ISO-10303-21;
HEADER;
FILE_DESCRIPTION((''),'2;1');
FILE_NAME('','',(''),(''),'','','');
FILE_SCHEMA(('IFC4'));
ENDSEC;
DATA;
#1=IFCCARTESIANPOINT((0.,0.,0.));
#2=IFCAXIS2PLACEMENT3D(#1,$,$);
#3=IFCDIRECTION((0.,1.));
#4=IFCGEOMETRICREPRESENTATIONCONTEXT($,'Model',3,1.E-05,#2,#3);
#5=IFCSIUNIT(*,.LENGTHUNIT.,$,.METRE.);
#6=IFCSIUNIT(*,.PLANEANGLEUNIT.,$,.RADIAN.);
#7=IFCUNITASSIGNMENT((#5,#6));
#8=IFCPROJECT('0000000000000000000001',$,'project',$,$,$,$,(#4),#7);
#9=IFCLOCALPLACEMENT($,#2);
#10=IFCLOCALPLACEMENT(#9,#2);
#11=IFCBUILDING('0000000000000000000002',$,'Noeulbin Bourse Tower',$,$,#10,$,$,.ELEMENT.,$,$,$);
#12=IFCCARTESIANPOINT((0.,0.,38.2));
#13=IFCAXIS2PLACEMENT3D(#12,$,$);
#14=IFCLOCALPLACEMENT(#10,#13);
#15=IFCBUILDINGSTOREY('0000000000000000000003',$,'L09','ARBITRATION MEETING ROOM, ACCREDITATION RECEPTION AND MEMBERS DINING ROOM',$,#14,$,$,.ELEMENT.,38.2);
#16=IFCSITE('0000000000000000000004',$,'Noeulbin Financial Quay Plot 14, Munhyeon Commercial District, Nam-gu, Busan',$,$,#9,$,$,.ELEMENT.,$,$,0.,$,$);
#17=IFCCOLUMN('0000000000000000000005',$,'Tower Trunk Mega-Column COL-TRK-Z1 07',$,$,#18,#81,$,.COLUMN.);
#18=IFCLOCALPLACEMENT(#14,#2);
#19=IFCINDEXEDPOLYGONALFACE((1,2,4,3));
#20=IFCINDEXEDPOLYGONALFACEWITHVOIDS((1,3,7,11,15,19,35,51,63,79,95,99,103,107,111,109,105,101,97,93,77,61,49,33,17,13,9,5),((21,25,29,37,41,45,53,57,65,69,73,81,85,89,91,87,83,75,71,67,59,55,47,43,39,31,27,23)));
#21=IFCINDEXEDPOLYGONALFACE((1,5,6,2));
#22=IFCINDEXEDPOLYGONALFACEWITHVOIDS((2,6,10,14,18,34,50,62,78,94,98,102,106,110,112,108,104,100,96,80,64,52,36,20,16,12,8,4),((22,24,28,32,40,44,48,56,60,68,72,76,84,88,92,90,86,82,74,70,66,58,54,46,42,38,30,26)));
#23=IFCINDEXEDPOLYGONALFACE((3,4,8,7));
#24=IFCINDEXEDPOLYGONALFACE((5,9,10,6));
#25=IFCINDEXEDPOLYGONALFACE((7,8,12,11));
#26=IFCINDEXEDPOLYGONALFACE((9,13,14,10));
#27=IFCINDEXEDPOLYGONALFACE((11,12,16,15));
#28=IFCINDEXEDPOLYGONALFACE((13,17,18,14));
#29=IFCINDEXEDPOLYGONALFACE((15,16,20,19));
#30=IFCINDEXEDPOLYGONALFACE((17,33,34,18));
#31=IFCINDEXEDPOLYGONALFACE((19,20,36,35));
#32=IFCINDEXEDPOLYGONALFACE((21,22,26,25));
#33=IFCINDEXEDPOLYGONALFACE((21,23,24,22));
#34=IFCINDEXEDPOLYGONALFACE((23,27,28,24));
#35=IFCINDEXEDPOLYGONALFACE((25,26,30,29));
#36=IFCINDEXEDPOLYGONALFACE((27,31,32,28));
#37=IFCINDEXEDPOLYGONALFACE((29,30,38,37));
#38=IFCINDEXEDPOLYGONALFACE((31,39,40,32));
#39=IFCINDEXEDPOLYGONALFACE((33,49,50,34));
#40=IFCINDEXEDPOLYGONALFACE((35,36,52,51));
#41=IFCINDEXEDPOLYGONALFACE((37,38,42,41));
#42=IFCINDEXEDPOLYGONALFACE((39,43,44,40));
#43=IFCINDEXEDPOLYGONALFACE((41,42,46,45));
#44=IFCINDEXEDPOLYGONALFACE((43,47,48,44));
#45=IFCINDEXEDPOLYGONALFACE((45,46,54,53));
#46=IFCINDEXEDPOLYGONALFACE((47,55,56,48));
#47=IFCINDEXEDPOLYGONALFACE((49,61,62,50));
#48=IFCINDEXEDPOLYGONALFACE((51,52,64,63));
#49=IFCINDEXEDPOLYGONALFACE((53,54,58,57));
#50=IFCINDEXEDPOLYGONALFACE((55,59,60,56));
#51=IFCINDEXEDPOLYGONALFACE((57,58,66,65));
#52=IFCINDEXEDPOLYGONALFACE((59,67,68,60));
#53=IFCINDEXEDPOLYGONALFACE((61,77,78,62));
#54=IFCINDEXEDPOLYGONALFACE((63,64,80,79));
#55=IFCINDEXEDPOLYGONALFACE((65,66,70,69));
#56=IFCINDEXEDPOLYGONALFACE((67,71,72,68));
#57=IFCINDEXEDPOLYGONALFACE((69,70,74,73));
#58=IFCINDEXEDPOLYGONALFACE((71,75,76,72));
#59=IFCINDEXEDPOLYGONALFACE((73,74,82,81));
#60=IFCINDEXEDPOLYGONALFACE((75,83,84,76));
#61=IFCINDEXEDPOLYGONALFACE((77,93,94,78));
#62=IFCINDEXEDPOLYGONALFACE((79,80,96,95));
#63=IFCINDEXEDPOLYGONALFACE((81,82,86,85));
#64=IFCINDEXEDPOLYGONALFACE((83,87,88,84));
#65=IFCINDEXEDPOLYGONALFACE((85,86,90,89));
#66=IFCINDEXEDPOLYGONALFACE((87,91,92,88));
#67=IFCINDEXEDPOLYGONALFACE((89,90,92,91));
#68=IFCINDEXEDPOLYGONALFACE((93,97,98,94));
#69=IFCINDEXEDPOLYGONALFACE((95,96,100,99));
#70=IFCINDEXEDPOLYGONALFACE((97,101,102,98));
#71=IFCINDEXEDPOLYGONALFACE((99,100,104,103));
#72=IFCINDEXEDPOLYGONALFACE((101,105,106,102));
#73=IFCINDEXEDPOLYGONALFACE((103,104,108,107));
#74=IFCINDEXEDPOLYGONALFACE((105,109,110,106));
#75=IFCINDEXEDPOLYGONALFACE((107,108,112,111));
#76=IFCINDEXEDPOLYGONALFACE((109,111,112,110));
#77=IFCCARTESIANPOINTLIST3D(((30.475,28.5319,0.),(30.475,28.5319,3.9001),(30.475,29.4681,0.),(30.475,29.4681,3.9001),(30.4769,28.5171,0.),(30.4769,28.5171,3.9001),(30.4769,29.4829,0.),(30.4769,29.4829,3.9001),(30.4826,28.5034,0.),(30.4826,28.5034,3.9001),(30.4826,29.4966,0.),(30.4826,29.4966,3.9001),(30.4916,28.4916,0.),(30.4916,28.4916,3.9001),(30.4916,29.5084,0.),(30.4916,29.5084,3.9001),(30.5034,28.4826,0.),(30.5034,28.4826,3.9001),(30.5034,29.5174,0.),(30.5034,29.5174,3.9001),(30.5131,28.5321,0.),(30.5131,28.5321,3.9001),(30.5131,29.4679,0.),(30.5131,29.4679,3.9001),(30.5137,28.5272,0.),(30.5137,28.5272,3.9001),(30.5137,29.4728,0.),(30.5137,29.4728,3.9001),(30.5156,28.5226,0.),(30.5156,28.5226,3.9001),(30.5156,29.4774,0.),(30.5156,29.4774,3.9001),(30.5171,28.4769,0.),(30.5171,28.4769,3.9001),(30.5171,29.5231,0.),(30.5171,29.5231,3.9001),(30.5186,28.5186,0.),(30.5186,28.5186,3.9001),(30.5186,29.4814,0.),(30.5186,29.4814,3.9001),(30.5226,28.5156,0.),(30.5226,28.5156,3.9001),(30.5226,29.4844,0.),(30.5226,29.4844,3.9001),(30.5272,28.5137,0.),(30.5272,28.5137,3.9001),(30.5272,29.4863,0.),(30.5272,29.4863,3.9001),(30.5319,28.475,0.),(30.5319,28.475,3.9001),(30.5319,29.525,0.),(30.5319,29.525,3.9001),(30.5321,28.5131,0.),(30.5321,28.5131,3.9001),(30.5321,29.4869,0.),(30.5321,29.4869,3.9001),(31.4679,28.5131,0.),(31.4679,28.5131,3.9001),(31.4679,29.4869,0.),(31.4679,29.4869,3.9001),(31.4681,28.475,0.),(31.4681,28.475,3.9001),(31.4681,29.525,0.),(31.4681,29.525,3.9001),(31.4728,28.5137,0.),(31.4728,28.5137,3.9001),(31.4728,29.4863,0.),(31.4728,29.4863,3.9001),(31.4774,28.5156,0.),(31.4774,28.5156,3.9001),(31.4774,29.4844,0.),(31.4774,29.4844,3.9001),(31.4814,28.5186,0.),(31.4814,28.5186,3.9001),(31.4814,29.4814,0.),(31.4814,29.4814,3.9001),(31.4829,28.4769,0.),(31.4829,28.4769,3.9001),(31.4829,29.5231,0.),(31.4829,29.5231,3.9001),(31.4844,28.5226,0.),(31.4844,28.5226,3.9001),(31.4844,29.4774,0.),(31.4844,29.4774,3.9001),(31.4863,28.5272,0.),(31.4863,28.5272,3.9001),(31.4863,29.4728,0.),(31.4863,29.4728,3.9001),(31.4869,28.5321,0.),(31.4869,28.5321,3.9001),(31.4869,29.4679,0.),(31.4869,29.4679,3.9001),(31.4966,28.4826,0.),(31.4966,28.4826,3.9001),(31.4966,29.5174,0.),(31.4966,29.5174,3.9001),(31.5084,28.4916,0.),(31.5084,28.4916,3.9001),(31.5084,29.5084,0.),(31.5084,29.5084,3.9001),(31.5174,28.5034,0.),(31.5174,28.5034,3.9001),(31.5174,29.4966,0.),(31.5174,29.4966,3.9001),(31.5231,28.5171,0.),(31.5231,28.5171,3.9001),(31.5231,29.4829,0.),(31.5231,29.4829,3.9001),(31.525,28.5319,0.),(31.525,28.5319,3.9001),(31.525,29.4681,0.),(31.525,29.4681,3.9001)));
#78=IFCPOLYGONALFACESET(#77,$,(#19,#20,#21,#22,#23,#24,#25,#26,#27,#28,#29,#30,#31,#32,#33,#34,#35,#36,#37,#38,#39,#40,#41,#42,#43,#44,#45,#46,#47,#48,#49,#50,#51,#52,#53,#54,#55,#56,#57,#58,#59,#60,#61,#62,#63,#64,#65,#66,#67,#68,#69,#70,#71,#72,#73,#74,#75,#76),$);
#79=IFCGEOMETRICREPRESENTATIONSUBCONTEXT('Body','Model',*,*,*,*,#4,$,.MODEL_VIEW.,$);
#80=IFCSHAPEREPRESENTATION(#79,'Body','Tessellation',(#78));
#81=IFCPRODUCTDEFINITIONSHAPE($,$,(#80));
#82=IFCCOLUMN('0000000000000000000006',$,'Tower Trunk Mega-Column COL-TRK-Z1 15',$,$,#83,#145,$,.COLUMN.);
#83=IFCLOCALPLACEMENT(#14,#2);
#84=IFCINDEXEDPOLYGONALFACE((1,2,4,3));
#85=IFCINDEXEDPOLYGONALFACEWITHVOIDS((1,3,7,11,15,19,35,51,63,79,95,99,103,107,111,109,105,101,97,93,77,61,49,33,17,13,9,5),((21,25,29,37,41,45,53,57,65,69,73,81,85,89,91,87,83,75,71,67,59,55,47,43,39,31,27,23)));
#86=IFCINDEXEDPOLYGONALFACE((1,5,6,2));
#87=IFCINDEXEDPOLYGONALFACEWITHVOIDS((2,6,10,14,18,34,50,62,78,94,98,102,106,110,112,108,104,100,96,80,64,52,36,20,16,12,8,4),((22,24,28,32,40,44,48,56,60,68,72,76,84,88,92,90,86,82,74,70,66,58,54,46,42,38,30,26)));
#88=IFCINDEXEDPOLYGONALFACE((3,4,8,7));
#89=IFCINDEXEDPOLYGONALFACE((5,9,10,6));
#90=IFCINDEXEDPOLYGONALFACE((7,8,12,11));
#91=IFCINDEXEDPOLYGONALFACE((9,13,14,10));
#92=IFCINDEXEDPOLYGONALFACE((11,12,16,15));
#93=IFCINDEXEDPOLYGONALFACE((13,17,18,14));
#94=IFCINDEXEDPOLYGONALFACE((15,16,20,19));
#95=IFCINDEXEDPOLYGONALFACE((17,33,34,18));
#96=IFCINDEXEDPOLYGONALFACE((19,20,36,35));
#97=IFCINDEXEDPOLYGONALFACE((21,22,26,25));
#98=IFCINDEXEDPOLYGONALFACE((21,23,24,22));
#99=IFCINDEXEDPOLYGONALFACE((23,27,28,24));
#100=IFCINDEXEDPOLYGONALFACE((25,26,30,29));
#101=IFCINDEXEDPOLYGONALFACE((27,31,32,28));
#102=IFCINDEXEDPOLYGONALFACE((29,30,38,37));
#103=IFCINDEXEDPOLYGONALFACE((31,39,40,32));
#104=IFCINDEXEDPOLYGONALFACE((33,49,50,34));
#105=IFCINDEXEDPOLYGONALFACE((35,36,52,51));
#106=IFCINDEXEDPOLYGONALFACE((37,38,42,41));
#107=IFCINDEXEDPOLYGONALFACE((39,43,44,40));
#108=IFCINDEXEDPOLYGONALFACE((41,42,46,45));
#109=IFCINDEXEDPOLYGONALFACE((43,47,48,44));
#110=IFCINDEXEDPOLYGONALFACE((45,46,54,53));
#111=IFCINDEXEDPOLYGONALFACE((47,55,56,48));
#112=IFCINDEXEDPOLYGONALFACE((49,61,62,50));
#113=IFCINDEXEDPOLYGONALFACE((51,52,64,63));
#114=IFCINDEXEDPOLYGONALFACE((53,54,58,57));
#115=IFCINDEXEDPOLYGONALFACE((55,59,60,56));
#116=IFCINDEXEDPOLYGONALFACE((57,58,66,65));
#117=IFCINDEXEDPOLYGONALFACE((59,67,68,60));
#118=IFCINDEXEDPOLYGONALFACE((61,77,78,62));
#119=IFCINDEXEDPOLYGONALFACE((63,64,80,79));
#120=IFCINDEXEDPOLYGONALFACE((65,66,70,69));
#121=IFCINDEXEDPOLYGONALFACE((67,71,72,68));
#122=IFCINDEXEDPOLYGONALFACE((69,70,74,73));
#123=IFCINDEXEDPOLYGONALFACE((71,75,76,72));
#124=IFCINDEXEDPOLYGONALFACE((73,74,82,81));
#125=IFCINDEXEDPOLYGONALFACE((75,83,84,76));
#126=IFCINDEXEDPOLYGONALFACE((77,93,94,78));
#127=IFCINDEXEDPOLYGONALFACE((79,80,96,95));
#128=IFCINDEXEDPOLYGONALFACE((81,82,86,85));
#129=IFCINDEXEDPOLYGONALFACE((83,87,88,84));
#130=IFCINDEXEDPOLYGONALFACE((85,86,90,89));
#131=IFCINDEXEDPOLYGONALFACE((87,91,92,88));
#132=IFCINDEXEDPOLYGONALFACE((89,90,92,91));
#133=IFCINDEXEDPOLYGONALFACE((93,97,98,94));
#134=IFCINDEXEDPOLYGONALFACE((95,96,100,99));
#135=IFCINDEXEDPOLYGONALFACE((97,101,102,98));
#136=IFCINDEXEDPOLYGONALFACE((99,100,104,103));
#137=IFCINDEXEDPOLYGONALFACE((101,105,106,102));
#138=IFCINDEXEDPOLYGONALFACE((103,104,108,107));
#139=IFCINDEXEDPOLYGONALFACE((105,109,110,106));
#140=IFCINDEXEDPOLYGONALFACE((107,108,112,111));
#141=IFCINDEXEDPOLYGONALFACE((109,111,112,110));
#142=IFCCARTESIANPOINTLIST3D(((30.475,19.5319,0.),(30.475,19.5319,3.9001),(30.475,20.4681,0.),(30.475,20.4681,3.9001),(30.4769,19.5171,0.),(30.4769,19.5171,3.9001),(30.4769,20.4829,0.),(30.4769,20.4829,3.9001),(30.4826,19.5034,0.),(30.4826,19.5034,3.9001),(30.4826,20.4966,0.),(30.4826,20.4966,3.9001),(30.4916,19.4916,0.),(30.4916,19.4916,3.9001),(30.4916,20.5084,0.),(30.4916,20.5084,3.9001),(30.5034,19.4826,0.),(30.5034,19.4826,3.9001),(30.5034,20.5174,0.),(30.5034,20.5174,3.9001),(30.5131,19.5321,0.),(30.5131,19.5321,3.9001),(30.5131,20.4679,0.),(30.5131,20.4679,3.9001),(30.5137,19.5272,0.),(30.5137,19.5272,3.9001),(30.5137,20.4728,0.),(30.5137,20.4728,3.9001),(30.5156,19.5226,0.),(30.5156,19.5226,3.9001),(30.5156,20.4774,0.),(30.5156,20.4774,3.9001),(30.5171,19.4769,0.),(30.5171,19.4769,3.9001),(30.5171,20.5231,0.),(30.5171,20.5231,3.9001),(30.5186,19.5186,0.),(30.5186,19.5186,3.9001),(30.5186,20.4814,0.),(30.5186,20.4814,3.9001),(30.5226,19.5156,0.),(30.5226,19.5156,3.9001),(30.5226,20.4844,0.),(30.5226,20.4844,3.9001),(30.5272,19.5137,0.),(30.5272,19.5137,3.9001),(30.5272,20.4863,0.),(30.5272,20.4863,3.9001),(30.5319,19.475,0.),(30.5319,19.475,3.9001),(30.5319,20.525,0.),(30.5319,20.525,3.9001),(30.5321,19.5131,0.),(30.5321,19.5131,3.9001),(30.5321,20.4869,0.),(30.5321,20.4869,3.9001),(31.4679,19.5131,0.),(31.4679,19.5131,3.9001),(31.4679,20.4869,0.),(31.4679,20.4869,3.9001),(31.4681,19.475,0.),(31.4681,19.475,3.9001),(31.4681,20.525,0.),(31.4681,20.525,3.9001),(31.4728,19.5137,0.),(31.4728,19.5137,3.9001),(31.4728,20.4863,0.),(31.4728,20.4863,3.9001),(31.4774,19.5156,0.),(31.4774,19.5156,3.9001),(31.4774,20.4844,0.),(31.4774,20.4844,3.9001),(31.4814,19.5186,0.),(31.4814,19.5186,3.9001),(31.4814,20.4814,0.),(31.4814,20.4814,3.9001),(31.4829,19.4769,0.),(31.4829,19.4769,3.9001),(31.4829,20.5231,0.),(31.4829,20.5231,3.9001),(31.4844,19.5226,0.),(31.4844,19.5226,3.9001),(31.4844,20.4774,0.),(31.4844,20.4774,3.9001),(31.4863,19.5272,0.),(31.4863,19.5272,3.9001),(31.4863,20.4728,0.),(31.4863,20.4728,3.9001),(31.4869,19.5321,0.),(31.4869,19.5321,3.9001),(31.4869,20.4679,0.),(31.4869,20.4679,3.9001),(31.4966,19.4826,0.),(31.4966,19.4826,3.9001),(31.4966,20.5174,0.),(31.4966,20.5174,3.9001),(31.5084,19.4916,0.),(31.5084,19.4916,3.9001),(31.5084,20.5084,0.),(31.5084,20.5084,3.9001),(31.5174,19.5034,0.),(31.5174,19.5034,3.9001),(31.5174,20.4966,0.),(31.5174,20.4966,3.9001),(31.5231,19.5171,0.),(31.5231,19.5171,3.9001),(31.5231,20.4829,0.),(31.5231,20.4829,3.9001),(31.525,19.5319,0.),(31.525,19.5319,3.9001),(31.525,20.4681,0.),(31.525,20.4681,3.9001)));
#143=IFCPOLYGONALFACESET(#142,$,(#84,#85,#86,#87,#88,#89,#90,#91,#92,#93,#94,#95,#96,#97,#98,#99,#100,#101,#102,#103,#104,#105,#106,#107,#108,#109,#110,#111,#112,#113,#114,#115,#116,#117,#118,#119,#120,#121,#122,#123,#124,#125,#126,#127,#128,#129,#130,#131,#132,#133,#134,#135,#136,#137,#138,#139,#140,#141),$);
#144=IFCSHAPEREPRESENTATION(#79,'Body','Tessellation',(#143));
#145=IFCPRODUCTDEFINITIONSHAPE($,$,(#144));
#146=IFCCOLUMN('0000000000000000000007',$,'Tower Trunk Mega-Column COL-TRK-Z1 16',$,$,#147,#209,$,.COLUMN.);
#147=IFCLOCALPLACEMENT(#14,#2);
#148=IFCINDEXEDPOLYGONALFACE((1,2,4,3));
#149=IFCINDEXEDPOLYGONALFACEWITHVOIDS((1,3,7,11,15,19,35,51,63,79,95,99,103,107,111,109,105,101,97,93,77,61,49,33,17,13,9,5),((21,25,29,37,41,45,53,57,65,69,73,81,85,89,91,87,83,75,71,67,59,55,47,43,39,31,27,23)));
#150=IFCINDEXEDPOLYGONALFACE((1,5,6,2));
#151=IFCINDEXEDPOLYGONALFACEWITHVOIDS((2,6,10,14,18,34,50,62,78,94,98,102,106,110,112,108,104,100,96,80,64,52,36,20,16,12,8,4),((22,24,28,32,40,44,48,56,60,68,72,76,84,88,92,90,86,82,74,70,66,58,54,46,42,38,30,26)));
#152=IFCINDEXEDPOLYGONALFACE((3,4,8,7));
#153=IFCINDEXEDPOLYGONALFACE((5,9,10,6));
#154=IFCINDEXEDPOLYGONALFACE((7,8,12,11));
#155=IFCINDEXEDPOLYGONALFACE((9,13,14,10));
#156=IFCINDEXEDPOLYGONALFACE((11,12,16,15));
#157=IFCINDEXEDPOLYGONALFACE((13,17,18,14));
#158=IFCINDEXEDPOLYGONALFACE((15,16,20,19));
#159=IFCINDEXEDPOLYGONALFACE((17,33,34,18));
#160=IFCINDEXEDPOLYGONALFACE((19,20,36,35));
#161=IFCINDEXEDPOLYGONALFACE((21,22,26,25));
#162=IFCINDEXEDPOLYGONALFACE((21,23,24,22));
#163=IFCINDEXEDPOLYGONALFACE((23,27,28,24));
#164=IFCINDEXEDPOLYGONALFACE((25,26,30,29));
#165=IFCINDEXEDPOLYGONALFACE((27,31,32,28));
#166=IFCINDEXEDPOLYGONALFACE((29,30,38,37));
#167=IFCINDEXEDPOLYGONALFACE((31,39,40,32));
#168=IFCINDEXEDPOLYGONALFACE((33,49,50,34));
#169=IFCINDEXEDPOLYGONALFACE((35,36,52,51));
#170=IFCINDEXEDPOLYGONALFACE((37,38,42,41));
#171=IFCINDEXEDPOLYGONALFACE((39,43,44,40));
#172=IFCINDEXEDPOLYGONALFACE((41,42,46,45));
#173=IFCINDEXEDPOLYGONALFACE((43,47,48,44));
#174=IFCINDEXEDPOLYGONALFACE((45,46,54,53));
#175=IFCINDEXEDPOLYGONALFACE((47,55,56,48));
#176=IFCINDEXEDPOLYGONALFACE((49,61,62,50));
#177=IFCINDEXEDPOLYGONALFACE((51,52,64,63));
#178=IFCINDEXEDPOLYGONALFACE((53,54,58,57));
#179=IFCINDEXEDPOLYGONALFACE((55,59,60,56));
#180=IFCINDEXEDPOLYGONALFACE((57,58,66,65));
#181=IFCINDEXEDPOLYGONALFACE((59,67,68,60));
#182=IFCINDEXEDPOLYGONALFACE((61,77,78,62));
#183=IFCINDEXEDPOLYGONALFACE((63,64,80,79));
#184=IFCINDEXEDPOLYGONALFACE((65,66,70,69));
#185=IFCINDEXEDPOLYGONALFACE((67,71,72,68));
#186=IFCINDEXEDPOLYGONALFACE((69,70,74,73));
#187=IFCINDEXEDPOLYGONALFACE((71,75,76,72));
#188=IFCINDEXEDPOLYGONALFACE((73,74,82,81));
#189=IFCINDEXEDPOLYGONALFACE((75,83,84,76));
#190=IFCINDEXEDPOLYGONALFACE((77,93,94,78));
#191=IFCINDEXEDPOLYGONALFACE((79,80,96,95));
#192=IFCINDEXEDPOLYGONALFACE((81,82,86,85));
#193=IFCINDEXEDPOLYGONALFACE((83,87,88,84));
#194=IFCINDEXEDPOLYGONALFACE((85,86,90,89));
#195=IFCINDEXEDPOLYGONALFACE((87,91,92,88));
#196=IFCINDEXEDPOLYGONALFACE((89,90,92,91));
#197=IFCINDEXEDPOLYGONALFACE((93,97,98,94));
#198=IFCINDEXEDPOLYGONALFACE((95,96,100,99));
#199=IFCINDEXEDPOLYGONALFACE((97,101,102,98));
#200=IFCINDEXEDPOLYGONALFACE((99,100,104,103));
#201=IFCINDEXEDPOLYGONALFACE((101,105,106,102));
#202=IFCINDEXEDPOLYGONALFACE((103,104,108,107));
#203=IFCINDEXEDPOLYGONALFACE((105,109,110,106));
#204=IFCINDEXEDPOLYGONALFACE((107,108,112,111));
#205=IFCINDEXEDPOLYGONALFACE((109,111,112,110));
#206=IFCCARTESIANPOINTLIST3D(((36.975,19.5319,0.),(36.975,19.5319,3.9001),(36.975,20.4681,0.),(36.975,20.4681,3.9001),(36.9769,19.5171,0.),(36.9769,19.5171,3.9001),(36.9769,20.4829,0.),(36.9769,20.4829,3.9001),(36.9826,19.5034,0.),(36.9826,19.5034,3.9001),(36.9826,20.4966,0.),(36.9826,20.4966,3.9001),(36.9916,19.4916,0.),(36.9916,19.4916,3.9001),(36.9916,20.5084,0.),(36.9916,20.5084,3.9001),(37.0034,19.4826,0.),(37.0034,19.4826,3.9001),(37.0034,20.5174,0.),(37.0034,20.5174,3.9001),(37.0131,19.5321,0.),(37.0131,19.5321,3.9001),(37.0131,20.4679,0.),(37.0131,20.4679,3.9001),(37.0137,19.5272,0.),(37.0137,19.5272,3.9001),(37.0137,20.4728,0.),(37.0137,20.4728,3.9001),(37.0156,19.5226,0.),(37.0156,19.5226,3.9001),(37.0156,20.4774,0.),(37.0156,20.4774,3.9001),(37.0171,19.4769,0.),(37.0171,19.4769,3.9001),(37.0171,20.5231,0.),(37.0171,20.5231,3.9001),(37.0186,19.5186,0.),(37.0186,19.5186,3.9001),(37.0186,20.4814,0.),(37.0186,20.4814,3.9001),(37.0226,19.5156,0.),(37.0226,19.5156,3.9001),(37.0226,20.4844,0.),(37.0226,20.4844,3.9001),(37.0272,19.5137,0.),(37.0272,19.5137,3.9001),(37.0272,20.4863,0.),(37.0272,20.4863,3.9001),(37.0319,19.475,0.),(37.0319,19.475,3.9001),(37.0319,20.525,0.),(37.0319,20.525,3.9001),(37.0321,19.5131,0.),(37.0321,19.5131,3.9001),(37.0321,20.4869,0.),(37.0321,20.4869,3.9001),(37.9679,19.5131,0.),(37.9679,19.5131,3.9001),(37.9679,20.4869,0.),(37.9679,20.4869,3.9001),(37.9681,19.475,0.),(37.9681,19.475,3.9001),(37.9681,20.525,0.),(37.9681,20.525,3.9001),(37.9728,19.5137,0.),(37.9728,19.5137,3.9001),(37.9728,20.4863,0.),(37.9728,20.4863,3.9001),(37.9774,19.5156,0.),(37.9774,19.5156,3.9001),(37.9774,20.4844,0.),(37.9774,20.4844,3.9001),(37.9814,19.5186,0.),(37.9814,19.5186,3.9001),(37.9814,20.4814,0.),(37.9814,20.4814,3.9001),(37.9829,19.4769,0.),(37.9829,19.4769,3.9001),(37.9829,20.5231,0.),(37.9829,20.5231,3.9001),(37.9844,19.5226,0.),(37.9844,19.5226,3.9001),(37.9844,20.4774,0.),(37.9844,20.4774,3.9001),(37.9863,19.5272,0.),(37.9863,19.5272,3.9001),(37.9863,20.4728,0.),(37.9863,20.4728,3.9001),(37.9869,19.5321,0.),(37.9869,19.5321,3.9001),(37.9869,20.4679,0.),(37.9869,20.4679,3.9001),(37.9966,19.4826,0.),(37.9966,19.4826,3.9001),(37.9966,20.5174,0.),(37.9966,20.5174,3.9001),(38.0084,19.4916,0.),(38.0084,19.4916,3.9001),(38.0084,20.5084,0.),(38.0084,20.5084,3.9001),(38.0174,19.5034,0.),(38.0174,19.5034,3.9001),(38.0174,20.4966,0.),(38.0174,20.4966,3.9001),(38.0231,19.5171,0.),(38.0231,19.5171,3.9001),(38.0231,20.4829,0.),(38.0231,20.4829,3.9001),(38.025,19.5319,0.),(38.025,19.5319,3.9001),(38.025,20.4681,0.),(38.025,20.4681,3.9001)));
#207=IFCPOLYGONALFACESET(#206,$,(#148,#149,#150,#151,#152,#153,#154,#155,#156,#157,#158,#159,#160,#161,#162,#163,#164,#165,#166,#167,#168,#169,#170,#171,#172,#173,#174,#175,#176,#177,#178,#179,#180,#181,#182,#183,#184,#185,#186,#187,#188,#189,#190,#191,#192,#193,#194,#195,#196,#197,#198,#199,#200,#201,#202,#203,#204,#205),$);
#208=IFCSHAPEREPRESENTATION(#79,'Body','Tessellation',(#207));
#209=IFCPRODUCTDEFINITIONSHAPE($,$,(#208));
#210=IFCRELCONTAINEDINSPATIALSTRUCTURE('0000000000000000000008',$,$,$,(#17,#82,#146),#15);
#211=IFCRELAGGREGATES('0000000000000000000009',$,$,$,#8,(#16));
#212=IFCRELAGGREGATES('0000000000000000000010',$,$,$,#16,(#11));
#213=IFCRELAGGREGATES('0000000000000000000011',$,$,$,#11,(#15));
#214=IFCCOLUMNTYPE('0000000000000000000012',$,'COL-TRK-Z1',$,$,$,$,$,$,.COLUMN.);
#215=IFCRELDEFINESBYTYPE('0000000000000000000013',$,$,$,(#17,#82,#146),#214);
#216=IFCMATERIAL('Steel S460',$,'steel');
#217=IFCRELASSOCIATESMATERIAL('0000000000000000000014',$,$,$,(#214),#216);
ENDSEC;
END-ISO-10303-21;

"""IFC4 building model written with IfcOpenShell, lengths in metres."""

from ifc_helpers import new_model, si_unit, direction, frame, origin, origin_2d, place, context, subcontext, project, spatial, hollow_rectangle, extrude, material, material_profile, profile_set, type_object, element, save


model = new_model("IFC4")

# Units and contexts
model_context = context("Model", 3, precision=1e-05, world=origin(), true_north=direction((0.0, 1.0)))
body_context = subcontext(model_context, "Body", "Model", "MODEL_VIEW")
ifc_project = project(units=[si_unit("LENGTHUNIT", "METRE"), si_unit("PLANEANGLEUNIT", "RADIAN")], contexts=[model_context])

# Site, building, storey
site_placement = place(None, origin())
site = spatial("IfcSite", under=ifc_project, at=site_placement, Name="Noeulbin Financial Quay Plot 14, Munhyeon Commercial District, Nam-gu, Busan", CompositionType="ELEMENT", RefElevation=0.0)
building_placement = place(site_placement, origin())
building = spatial("IfcBuilding", under=site, at=building_placement, Name="Noeulbin Bourse Tower", CompositionType="ELEMENT")
storey_placement = place(building_placement, frame((0.0, 0.0, 38.2)))
storey = spatial("IfcBuildingStorey", under=building, at=storey_placement, Name="L09", Description="ARBITRATION MEETING ROOM, ACCREDITATION RECEPTION AND MEMBERS DINING ROOM", CompositionType="ELEMENT", Elevation=38.2)

# Columns
ifc_material_1 = material(Name="Steel S460", Category="steel")
ifc_material_profile_1 = material_profile(ifc_material_1, hollow_rectangle(XDim=1.05, YDim=1.05, WallThickness=0.0381, InnerFilletRadius=0.019, OuterFilletRadius=0.0569, at=origin_2d()), Name="BOX-1050x1050x38", Category="LoadBearing")
ifc_profile_set_1 = profile_set([ifc_material_profile_1], Name="Steel S460")
column_type = type_object("IfcColumnType", Name="COL-TRK-Z1", PredefinedType="COLUMN", material=ifc_profile_set_1)
for number, where, z_axis, x_axis, name in (
    (1, (31.0, 29.0, 0.0), (0.0, 0.0, 1.0), (1.0, 0.0, 0.0), "Tower Trunk Mega-Column COL-TRK-Z1 07"),
    (2, (31.0, 20.0, 0.0), (0.0, 0.0, 1.0), (1.0, 0.0, 0.0), "Tower Trunk Mega-Column COL-TRK-Z1 15"),
    (3, (37.5, 20.0, 0.0), (0.0, 0.0, 1.0), (1.0, 0.0, 0.0), "Tower Trunk Mega-Column COL-TRK-Z1 16"),
):
    element("IfcColumn", number, at=place(storey_placement, frame(where, z_axis=z_axis, x_axis=x_axis)), inside=storey, type_object=column_type, Name=name, PredefinedType="COLUMN", context=body_context, shape_type="SweptSolid", body=[
        extrude(hollow_rectangle(XDim=1.05, YDim=1.05, WallThickness=0.0381, InnerFilletRadius=0.019, OuterFilletRadius=0.0569, at=origin_2d()), origin(), (0.0, 0.0, 1.0), 3.9001),
    ])

save(model, "model.ifc")
